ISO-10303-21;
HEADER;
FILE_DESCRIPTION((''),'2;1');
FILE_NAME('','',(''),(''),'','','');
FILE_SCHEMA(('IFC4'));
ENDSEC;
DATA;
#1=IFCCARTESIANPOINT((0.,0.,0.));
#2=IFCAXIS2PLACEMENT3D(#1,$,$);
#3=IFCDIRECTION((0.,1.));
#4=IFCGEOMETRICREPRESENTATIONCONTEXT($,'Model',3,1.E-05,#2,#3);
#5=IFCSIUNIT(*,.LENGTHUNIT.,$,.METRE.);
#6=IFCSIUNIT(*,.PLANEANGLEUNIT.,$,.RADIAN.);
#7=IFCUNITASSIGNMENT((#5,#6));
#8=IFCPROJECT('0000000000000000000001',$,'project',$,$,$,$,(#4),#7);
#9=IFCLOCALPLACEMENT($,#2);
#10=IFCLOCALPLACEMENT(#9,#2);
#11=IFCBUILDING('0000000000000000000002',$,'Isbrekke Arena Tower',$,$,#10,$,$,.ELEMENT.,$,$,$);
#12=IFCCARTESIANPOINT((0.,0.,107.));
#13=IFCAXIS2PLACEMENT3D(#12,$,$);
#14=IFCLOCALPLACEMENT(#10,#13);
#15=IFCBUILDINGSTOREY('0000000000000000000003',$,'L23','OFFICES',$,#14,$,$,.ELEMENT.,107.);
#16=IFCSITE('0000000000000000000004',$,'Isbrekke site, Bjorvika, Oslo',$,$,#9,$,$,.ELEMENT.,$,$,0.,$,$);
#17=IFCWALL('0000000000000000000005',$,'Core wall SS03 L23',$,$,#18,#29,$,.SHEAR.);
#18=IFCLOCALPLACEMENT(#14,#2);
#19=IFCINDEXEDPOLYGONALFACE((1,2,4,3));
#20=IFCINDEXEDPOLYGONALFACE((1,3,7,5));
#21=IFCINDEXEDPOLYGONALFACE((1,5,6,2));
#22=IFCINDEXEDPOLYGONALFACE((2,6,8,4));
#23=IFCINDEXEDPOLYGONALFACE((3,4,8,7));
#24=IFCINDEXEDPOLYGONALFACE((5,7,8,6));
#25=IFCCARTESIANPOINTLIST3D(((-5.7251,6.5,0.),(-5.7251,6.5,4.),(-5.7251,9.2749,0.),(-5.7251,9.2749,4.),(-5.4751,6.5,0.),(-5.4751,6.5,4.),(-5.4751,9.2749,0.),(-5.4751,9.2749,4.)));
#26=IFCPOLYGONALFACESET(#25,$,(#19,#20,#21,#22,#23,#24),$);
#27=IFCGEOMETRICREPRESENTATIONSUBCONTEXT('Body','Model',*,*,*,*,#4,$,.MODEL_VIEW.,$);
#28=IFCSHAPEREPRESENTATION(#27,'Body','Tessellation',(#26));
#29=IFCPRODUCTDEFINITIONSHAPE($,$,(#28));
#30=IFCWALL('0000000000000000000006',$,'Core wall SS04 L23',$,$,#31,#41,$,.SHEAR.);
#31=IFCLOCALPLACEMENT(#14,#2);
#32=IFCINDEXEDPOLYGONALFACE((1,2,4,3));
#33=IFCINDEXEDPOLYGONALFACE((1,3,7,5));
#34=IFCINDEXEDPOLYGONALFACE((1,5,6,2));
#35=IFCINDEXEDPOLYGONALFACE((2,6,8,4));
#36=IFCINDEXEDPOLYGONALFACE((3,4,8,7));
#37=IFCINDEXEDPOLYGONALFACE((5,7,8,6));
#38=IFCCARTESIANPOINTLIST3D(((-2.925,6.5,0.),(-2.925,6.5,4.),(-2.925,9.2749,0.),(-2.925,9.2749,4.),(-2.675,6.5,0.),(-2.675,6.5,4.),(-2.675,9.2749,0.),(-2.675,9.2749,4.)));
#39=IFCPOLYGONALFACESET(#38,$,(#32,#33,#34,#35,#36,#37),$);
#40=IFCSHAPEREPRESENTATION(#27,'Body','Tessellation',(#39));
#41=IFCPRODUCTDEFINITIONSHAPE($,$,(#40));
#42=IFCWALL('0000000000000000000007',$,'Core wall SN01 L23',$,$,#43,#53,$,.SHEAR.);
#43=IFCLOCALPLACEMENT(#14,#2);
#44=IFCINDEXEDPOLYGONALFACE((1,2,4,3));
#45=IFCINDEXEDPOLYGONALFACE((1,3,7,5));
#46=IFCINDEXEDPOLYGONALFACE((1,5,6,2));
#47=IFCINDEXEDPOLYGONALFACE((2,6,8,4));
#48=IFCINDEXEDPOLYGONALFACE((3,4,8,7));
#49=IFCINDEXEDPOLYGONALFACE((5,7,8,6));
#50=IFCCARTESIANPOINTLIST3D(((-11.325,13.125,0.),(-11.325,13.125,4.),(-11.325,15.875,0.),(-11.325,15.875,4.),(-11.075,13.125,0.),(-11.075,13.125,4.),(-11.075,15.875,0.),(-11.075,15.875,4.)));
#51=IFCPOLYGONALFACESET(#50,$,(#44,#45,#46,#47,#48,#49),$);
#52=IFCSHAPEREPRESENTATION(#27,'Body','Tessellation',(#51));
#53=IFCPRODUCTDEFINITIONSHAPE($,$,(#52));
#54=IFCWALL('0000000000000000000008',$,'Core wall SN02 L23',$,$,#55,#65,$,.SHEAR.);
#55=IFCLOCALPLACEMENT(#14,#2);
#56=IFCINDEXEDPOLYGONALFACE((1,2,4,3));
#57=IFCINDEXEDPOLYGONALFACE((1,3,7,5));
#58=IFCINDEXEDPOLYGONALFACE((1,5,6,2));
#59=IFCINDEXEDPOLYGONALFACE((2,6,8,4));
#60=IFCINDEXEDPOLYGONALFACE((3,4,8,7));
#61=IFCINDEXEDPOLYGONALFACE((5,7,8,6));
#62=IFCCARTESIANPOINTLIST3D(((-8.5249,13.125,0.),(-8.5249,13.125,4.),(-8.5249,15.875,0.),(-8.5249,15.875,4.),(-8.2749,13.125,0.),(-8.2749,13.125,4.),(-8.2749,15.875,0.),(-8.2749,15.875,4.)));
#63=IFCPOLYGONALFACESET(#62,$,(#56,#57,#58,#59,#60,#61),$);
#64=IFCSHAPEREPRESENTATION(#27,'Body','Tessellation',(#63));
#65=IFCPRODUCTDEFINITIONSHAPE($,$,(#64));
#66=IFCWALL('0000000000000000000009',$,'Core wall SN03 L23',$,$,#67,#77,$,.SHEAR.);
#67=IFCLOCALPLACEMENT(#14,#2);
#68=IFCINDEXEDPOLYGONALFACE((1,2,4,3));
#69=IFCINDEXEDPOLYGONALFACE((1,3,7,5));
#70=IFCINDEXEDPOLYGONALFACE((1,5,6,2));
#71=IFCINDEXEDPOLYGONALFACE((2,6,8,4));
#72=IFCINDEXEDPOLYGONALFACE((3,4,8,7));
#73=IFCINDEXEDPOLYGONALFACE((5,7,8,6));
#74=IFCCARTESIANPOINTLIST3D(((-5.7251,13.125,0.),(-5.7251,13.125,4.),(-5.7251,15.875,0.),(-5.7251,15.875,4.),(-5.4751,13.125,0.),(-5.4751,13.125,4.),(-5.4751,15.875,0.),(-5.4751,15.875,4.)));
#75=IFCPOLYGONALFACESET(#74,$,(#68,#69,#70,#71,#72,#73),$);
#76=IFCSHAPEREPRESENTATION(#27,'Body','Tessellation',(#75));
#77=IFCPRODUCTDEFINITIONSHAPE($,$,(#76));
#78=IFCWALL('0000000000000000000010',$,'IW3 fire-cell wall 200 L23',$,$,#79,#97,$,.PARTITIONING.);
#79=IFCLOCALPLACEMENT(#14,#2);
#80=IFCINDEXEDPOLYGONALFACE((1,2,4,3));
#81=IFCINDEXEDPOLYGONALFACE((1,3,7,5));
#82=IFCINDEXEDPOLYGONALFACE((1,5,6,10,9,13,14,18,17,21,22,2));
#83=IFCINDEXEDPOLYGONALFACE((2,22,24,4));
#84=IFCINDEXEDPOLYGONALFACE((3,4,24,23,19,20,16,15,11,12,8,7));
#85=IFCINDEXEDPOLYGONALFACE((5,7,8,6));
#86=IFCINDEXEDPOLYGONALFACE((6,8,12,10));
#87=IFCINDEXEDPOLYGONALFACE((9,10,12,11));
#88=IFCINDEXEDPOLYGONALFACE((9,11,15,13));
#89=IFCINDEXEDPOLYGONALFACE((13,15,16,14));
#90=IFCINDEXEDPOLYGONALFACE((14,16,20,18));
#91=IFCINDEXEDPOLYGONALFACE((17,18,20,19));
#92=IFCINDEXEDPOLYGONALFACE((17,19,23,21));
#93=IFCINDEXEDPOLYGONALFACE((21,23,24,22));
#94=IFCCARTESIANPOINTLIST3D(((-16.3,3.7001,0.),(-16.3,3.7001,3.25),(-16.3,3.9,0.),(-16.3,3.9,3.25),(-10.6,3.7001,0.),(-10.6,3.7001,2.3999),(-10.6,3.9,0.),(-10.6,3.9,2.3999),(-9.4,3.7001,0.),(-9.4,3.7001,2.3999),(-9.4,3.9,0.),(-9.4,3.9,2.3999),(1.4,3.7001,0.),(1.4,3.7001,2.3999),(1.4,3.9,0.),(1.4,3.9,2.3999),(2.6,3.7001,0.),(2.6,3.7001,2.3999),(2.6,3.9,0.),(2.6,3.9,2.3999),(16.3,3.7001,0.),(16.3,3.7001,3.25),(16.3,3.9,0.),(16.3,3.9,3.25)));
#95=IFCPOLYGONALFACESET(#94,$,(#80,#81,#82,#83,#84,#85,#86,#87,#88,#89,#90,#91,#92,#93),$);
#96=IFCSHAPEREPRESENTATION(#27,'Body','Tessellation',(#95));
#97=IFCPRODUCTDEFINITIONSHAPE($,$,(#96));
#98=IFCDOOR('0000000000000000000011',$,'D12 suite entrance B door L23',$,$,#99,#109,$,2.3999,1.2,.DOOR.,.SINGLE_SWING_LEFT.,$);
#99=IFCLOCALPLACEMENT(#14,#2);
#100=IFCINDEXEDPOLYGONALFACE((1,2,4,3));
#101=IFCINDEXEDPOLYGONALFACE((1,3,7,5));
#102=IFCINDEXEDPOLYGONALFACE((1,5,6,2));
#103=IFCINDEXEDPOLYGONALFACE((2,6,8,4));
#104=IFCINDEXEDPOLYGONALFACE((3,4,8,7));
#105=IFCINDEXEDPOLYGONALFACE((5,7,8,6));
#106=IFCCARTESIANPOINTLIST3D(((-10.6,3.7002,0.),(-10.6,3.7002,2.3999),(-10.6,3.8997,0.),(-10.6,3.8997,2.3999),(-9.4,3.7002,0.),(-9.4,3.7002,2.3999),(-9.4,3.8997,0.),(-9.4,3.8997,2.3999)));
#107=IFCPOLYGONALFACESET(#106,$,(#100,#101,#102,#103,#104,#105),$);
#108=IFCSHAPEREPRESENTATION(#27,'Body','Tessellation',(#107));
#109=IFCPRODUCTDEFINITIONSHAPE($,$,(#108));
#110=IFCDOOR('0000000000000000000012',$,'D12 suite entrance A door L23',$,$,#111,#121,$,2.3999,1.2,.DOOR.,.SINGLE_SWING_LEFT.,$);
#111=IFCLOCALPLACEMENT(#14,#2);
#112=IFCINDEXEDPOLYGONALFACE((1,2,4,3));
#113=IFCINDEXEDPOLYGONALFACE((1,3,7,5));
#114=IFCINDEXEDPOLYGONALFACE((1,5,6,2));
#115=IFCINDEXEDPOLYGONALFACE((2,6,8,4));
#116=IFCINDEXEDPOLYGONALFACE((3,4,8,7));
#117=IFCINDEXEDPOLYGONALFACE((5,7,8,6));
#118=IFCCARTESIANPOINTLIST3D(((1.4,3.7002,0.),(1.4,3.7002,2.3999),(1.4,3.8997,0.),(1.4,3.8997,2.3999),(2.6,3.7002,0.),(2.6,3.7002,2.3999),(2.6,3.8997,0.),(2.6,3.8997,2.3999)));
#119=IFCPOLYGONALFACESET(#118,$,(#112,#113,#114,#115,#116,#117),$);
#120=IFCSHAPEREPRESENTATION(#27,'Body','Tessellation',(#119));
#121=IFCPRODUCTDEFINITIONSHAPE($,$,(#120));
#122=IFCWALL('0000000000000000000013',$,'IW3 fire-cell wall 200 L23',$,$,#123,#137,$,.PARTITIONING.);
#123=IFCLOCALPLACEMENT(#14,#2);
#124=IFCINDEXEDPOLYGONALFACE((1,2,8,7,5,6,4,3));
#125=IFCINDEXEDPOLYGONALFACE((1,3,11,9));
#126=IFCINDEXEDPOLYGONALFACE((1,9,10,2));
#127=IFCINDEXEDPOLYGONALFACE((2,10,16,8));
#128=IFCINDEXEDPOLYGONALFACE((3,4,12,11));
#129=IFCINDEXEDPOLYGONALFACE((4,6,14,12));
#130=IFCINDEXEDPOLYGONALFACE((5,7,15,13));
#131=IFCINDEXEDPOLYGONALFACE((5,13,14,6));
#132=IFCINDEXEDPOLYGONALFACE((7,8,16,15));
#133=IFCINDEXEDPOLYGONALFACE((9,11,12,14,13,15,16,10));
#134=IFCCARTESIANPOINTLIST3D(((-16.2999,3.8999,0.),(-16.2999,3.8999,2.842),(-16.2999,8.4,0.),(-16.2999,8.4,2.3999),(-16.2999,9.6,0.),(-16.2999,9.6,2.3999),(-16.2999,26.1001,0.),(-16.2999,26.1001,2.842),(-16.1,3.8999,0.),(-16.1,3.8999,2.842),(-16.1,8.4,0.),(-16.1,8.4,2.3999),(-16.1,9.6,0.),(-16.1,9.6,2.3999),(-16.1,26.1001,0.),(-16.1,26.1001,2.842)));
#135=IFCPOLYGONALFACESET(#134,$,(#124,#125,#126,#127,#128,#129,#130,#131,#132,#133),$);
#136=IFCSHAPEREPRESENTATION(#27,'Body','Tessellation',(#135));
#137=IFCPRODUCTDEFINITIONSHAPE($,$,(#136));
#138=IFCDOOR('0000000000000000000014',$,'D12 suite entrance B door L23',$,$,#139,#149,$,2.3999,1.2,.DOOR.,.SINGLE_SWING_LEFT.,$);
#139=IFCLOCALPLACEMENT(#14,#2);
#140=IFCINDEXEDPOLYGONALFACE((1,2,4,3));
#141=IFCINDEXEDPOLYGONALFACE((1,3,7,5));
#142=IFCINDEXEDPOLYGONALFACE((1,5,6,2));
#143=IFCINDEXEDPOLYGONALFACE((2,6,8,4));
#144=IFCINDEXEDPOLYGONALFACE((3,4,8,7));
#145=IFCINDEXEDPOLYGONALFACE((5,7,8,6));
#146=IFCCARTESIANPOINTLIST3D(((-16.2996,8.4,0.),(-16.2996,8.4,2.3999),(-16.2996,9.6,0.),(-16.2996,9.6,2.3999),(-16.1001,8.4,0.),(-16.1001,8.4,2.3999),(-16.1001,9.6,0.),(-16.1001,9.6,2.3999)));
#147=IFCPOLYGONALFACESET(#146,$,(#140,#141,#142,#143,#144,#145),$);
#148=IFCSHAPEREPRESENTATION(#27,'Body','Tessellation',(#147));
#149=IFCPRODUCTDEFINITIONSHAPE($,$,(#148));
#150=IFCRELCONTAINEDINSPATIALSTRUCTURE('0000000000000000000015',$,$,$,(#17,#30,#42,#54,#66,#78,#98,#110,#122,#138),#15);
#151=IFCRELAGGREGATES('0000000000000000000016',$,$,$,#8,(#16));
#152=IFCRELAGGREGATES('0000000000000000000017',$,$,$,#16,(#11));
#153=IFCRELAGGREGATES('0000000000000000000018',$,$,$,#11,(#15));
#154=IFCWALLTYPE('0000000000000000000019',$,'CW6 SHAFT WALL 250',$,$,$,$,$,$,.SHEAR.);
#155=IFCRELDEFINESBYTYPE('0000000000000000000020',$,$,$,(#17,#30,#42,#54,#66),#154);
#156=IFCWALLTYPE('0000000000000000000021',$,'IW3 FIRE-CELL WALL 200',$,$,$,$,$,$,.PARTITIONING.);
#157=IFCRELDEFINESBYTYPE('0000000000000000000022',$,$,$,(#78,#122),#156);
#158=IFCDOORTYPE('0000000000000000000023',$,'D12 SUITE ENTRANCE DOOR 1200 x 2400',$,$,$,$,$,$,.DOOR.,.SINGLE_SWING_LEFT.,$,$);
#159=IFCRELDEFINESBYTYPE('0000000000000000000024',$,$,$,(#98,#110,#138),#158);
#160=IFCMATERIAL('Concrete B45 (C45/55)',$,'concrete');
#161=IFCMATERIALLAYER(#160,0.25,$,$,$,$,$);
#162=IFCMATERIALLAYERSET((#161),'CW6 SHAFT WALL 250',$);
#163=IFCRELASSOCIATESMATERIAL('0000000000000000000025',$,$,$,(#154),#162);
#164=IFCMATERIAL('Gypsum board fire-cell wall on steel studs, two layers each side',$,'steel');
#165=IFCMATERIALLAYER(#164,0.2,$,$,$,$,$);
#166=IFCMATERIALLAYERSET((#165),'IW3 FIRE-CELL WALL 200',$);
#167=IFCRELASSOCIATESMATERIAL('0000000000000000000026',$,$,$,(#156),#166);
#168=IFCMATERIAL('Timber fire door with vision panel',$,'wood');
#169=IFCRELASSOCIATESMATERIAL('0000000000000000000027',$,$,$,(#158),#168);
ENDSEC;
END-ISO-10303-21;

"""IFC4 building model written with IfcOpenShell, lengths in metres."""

from ifc_helpers import new_model, si_unit, direction, frame, frame_2d, origin, place, context, subcontext, project, spatial, rectangle, extrude, material, layer, layer_set, type_object, element, fill, save


model = new_model("IFC4")

# Units and contexts
model_context = context("Model", 3, precision=1e-05, world=origin(), true_north=direction((0.0, 1.0)))
body_context = subcontext(model_context, "Body", "Model", "MODEL_VIEW")
ifc_project = project(units=[si_unit("LENGTHUNIT", "METRE"), si_unit("PLANEANGLEUNIT", "RADIAN")], contexts=[model_context])

# Site, building, storey
site_placement = place(None, origin())
site = spatial("IfcSite", under=ifc_project, at=site_placement, Name="Isbrekke site, Bjorvika, Oslo", CompositionType="ELEMENT", RefElevation=0.0)
building_placement = place(site_placement, origin())
building = spatial("IfcBuilding", under=site, at=building_placement, Name="Isbrekke Arena Tower", CompositionType="ELEMENT")
storey_placement = place(building_placement, frame((0.0, 0.0, 107.0)))
storey = spatial("IfcBuildingStorey", under=building, at=storey_placement, Name="L23", Description="OFFICES", CompositionType="ELEMENT", Elevation=107.0)

# Shared definitions
ifc_material_1 = material(Name="Concrete B45 (C45/55)", Category="concrete")
ifc_layer_1 = layer(ifc_material_1, 0.25)
ifc_layer_set_1 = layer_set([ifc_layer_1], Name="CW6 SHAFT WALL 250")
wall_type_1 = type_object("IfcWallType", Name="CW6 SHAFT WALL 250", PredefinedType="SHEAR", material=ifc_layer_set_1)

# Walls
for number, where, z_axis, x_axis, name in (
    (1, (-5.6001, 6.5, 0.0), (0.0, 0.0, 1.0), (0.0, 1.0, 0.0), "Core wall SS03 L23"),
    (2, (-2.8, 6.5, 0.0), (0.0, 0.0, 1.0), (0.0, 1.0, 0.0), "Core wall SS04 L23"),
):
    element("IfcWall", number, at=place(storey_placement, frame(where, z_axis=z_axis, x_axis=x_axis)), inside=storey, type_object=wall_type_1, Name=name, PredefinedType="SHEAR", context=body_context, shape_type="SweptSolid", body=[
        extrude(rectangle(XDim=2.7749, YDim=0.25, at=frame_2d((1.3875, 0.0))), origin(), (0.0, 0.0, 1.0), 4.0),
    ])
for number, where, z_axis, x_axis, name in (
    (3, (-11.2, 13.125, 0.0), (0.0, 0.0, 1.0), (0.0, 1.0, 0.0), "Core wall SN01 L23"),
    (4, (-8.3999, 13.125, 0.0), (0.0, 0.0, 1.0), (0.0, 1.0, 0.0), "Core wall SN02 L23"),
    (5, (-5.6001, 13.125, 0.0), (0.0, 0.0, 1.0), (0.0, 1.0, 0.0), "Core wall SN03 L23"),
):
    element("IfcWall", number, at=place(storey_placement, frame(where, z_axis=z_axis, x_axis=x_axis)), inside=storey, type_object=wall_type_1, Name=name, PredefinedType="SHEAR", context=body_context, shape_type="SweptSolid", body=[
        extrude(rectangle(XDim=2.75, YDim=0.25, at=frame_2d((1.375, 0.0))), origin(), (0.0, 0.0, 1.0), 4.0),
    ])

# Wall, openings, doors
ifc_material_2 = material(Name="Gypsum board fire-cell wall on steel studs, two layers each side", Category="steel")
ifc_layer_2 = layer(ifc_material_2, 0.2)
ifc_layer_set_2 = layer_set([ifc_layer_2], Name="IW3 FIRE-CELL WALL 200")
wall_type_2 = type_object("IfcWallType", Name="IW3 FIRE-CELL WALL 200", PredefinedType="PARTITIONING", material=ifc_layer_set_2)
wall_1_placement = place(storey_placement, frame((-16.3, 3.8, 0.0), z_axis=(0.0, 0.0, 1.0), x_axis=(1.0, 0.0, 0.0)))
wall_1 = element("IfcWall", 6, at=wall_1_placement, inside=storey, type_object=wall_type_2, Name="IW3 fire-cell wall 200 L23", PredefinedType="PARTITIONING", context=body_context, shape_type="SweptSolid", body=[
    extrude(rectangle(XDim=32.6001, YDim=0.2, at=frame_2d((16.3, 0.0))), origin(), (0.0, 0.0, 1.0), 3.25),
])
opening_1_placement = place(wall_1_placement, frame((5.7, 0.0, 0.0)))
opening_1 = element("IfcOpeningElement", 7, at=opening_1_placement, cuts=wall_1, PredefinedType="OPENING", context=body_context, shape_type="SweptSolid", body=[
    extrude(rectangle(XDim=1.2, YDim=2.3999, at=frame_2d((0.6001, 1.2))), frame((0.0, 0.1147, 0.0), z_axis=(0.0, -1.0, 0.0), x_axis=(1.0, 0.0, 0.0)), (0.0, 0.0, 1.0), 0.2297),
])
opening_2_placement = place(wall_1_placement, frame((17.7, 0.0, 0.0)))
opening_2 = element("IfcOpeningElement", 8, at=opening_2_placement, cuts=wall_1, PredefinedType="OPENING", context=body_context, shape_type="SweptSolid", body=[
    extrude(rectangle(XDim=1.2, YDim=2.3999, at=frame_2d((0.6001, 1.2))), frame((0.0, 0.1147, 0.0), z_axis=(0.0, -1.0, 0.0), x_axis=(1.0, 0.0, 0.0)), (0.0, 0.0, 1.0), 0.2297),
])
ifc_material_3 = material(Name="Timber fire door with vision panel", Category="wood")
door_type_1 = type_object("IfcDoorType", Name="D12 SUITE ENTRANCE DOOR 1200 x 2400", OperationType="SINGLE_SWING_LEFT", PredefinedType="DOOR", material=ifc_material_3)
door_1_placement = place(opening_1_placement, origin())
door_1 = element("IfcDoor", 9, at=door_1_placement, inside=storey, type_object=door_type_1, Name="D12 suite entrance B door L23", OperationType="SINGLE_SWING_LEFT", OverallHeight=2.3999, OverallWidth=1.2, PredefinedType="DOOR", context=body_context, shape_type="SweptSolid", body=[
    extrude(rectangle(XDim=1.2, YDim=2.3999, at=frame_2d((0.6001, 1.2))), frame((0.0, 0.0996, 0.0), z_axis=(0.0, -1.0, 0.0), x_axis=(1.0, 0.0, 0.0)), (0.0, 0.0, 1.0), 0.1995),
])
fill(opening_1, door_1)
door_2_placement = place(opening_2_placement, origin())
door_2 = element("IfcDoor", 10, at=door_2_placement, inside=storey, type_object=door_type_1, Name="D12 suite entrance A door L23", OperationType="SINGLE_SWING_LEFT", OverallHeight=2.3999, OverallWidth=1.2, PredefinedType="DOOR", context=body_context, shape_type="SweptSolid", body=[
    extrude(rectangle(XDim=1.2, YDim=2.3999, at=frame_2d((0.6001, 1.2))), frame((0.0, 0.0996, 0.0), z_axis=(0.0, -1.0, 0.0), x_axis=(1.0, 0.0, 0.0)), (0.0, 0.0, 1.0), 0.1995),
])
fill(opening_2, door_2)

# Wall, opening, door
wall_2_placement = place(storey_placement, frame((-16.2, 3.8999, 0.0), z_axis=(0.0, 0.0, 1.0), x_axis=(0.0, 1.0, 0.0)))
wall_2 = element("IfcWall", 11, at=wall_2_placement, inside=storey, type_object=wall_type_2, Name="IW3 fire-cell wall 200 L23", PredefinedType="PARTITIONING", context=body_context, shape_type="SweptSolid", body=[
    extrude(rectangle(XDim=22.2002, YDim=0.2, at=frame_2d((11.1001, 0.0))), origin(), (0.0, 0.0, 1.0), 2.842),
])
opening_3_placement = place(wall_2_placement, frame((4.5, 0.0, 0.0)))
opening_3 = element("IfcOpeningElement", 12, at=opening_3_placement, cuts=wall_2, PredefinedType="OPENING", context=body_context, shape_type="SweptSolid", body=[
    extrude(rectangle(XDim=1.2, YDim=2.3999, at=frame_2d((0.6001, 1.2))), frame((0.0, 0.1147, 0.0), z_axis=(0.0, -1.0, 0.0), x_axis=(1.0, 0.0, 0.0)), (0.0, 0.0, 1.0), 0.2297),
])
door_3_placement = place(opening_3_placement, origin())
door_3 = element("IfcDoor", 13, at=door_3_placement, inside=storey, type_object=door_type_1, Name="D12 suite entrance B door L23", OperationType="SINGLE_SWING_LEFT", OverallHeight=2.3999, OverallWidth=1.2, PredefinedType="DOOR", context=body_context, shape_type="SweptSolid", body=[
    extrude(rectangle(XDim=1.2, YDim=2.3999, at=frame_2d((0.6001, 1.2))), frame((0.0, 0.0996, 0.0), z_axis=(0.0, -1.0, 0.0), x_axis=(1.0, 0.0, 0.0)), (0.0, 0.0, 1.0), 0.1995),
])
fill(opening_3, door_3)

save(model, "model.ifc")
